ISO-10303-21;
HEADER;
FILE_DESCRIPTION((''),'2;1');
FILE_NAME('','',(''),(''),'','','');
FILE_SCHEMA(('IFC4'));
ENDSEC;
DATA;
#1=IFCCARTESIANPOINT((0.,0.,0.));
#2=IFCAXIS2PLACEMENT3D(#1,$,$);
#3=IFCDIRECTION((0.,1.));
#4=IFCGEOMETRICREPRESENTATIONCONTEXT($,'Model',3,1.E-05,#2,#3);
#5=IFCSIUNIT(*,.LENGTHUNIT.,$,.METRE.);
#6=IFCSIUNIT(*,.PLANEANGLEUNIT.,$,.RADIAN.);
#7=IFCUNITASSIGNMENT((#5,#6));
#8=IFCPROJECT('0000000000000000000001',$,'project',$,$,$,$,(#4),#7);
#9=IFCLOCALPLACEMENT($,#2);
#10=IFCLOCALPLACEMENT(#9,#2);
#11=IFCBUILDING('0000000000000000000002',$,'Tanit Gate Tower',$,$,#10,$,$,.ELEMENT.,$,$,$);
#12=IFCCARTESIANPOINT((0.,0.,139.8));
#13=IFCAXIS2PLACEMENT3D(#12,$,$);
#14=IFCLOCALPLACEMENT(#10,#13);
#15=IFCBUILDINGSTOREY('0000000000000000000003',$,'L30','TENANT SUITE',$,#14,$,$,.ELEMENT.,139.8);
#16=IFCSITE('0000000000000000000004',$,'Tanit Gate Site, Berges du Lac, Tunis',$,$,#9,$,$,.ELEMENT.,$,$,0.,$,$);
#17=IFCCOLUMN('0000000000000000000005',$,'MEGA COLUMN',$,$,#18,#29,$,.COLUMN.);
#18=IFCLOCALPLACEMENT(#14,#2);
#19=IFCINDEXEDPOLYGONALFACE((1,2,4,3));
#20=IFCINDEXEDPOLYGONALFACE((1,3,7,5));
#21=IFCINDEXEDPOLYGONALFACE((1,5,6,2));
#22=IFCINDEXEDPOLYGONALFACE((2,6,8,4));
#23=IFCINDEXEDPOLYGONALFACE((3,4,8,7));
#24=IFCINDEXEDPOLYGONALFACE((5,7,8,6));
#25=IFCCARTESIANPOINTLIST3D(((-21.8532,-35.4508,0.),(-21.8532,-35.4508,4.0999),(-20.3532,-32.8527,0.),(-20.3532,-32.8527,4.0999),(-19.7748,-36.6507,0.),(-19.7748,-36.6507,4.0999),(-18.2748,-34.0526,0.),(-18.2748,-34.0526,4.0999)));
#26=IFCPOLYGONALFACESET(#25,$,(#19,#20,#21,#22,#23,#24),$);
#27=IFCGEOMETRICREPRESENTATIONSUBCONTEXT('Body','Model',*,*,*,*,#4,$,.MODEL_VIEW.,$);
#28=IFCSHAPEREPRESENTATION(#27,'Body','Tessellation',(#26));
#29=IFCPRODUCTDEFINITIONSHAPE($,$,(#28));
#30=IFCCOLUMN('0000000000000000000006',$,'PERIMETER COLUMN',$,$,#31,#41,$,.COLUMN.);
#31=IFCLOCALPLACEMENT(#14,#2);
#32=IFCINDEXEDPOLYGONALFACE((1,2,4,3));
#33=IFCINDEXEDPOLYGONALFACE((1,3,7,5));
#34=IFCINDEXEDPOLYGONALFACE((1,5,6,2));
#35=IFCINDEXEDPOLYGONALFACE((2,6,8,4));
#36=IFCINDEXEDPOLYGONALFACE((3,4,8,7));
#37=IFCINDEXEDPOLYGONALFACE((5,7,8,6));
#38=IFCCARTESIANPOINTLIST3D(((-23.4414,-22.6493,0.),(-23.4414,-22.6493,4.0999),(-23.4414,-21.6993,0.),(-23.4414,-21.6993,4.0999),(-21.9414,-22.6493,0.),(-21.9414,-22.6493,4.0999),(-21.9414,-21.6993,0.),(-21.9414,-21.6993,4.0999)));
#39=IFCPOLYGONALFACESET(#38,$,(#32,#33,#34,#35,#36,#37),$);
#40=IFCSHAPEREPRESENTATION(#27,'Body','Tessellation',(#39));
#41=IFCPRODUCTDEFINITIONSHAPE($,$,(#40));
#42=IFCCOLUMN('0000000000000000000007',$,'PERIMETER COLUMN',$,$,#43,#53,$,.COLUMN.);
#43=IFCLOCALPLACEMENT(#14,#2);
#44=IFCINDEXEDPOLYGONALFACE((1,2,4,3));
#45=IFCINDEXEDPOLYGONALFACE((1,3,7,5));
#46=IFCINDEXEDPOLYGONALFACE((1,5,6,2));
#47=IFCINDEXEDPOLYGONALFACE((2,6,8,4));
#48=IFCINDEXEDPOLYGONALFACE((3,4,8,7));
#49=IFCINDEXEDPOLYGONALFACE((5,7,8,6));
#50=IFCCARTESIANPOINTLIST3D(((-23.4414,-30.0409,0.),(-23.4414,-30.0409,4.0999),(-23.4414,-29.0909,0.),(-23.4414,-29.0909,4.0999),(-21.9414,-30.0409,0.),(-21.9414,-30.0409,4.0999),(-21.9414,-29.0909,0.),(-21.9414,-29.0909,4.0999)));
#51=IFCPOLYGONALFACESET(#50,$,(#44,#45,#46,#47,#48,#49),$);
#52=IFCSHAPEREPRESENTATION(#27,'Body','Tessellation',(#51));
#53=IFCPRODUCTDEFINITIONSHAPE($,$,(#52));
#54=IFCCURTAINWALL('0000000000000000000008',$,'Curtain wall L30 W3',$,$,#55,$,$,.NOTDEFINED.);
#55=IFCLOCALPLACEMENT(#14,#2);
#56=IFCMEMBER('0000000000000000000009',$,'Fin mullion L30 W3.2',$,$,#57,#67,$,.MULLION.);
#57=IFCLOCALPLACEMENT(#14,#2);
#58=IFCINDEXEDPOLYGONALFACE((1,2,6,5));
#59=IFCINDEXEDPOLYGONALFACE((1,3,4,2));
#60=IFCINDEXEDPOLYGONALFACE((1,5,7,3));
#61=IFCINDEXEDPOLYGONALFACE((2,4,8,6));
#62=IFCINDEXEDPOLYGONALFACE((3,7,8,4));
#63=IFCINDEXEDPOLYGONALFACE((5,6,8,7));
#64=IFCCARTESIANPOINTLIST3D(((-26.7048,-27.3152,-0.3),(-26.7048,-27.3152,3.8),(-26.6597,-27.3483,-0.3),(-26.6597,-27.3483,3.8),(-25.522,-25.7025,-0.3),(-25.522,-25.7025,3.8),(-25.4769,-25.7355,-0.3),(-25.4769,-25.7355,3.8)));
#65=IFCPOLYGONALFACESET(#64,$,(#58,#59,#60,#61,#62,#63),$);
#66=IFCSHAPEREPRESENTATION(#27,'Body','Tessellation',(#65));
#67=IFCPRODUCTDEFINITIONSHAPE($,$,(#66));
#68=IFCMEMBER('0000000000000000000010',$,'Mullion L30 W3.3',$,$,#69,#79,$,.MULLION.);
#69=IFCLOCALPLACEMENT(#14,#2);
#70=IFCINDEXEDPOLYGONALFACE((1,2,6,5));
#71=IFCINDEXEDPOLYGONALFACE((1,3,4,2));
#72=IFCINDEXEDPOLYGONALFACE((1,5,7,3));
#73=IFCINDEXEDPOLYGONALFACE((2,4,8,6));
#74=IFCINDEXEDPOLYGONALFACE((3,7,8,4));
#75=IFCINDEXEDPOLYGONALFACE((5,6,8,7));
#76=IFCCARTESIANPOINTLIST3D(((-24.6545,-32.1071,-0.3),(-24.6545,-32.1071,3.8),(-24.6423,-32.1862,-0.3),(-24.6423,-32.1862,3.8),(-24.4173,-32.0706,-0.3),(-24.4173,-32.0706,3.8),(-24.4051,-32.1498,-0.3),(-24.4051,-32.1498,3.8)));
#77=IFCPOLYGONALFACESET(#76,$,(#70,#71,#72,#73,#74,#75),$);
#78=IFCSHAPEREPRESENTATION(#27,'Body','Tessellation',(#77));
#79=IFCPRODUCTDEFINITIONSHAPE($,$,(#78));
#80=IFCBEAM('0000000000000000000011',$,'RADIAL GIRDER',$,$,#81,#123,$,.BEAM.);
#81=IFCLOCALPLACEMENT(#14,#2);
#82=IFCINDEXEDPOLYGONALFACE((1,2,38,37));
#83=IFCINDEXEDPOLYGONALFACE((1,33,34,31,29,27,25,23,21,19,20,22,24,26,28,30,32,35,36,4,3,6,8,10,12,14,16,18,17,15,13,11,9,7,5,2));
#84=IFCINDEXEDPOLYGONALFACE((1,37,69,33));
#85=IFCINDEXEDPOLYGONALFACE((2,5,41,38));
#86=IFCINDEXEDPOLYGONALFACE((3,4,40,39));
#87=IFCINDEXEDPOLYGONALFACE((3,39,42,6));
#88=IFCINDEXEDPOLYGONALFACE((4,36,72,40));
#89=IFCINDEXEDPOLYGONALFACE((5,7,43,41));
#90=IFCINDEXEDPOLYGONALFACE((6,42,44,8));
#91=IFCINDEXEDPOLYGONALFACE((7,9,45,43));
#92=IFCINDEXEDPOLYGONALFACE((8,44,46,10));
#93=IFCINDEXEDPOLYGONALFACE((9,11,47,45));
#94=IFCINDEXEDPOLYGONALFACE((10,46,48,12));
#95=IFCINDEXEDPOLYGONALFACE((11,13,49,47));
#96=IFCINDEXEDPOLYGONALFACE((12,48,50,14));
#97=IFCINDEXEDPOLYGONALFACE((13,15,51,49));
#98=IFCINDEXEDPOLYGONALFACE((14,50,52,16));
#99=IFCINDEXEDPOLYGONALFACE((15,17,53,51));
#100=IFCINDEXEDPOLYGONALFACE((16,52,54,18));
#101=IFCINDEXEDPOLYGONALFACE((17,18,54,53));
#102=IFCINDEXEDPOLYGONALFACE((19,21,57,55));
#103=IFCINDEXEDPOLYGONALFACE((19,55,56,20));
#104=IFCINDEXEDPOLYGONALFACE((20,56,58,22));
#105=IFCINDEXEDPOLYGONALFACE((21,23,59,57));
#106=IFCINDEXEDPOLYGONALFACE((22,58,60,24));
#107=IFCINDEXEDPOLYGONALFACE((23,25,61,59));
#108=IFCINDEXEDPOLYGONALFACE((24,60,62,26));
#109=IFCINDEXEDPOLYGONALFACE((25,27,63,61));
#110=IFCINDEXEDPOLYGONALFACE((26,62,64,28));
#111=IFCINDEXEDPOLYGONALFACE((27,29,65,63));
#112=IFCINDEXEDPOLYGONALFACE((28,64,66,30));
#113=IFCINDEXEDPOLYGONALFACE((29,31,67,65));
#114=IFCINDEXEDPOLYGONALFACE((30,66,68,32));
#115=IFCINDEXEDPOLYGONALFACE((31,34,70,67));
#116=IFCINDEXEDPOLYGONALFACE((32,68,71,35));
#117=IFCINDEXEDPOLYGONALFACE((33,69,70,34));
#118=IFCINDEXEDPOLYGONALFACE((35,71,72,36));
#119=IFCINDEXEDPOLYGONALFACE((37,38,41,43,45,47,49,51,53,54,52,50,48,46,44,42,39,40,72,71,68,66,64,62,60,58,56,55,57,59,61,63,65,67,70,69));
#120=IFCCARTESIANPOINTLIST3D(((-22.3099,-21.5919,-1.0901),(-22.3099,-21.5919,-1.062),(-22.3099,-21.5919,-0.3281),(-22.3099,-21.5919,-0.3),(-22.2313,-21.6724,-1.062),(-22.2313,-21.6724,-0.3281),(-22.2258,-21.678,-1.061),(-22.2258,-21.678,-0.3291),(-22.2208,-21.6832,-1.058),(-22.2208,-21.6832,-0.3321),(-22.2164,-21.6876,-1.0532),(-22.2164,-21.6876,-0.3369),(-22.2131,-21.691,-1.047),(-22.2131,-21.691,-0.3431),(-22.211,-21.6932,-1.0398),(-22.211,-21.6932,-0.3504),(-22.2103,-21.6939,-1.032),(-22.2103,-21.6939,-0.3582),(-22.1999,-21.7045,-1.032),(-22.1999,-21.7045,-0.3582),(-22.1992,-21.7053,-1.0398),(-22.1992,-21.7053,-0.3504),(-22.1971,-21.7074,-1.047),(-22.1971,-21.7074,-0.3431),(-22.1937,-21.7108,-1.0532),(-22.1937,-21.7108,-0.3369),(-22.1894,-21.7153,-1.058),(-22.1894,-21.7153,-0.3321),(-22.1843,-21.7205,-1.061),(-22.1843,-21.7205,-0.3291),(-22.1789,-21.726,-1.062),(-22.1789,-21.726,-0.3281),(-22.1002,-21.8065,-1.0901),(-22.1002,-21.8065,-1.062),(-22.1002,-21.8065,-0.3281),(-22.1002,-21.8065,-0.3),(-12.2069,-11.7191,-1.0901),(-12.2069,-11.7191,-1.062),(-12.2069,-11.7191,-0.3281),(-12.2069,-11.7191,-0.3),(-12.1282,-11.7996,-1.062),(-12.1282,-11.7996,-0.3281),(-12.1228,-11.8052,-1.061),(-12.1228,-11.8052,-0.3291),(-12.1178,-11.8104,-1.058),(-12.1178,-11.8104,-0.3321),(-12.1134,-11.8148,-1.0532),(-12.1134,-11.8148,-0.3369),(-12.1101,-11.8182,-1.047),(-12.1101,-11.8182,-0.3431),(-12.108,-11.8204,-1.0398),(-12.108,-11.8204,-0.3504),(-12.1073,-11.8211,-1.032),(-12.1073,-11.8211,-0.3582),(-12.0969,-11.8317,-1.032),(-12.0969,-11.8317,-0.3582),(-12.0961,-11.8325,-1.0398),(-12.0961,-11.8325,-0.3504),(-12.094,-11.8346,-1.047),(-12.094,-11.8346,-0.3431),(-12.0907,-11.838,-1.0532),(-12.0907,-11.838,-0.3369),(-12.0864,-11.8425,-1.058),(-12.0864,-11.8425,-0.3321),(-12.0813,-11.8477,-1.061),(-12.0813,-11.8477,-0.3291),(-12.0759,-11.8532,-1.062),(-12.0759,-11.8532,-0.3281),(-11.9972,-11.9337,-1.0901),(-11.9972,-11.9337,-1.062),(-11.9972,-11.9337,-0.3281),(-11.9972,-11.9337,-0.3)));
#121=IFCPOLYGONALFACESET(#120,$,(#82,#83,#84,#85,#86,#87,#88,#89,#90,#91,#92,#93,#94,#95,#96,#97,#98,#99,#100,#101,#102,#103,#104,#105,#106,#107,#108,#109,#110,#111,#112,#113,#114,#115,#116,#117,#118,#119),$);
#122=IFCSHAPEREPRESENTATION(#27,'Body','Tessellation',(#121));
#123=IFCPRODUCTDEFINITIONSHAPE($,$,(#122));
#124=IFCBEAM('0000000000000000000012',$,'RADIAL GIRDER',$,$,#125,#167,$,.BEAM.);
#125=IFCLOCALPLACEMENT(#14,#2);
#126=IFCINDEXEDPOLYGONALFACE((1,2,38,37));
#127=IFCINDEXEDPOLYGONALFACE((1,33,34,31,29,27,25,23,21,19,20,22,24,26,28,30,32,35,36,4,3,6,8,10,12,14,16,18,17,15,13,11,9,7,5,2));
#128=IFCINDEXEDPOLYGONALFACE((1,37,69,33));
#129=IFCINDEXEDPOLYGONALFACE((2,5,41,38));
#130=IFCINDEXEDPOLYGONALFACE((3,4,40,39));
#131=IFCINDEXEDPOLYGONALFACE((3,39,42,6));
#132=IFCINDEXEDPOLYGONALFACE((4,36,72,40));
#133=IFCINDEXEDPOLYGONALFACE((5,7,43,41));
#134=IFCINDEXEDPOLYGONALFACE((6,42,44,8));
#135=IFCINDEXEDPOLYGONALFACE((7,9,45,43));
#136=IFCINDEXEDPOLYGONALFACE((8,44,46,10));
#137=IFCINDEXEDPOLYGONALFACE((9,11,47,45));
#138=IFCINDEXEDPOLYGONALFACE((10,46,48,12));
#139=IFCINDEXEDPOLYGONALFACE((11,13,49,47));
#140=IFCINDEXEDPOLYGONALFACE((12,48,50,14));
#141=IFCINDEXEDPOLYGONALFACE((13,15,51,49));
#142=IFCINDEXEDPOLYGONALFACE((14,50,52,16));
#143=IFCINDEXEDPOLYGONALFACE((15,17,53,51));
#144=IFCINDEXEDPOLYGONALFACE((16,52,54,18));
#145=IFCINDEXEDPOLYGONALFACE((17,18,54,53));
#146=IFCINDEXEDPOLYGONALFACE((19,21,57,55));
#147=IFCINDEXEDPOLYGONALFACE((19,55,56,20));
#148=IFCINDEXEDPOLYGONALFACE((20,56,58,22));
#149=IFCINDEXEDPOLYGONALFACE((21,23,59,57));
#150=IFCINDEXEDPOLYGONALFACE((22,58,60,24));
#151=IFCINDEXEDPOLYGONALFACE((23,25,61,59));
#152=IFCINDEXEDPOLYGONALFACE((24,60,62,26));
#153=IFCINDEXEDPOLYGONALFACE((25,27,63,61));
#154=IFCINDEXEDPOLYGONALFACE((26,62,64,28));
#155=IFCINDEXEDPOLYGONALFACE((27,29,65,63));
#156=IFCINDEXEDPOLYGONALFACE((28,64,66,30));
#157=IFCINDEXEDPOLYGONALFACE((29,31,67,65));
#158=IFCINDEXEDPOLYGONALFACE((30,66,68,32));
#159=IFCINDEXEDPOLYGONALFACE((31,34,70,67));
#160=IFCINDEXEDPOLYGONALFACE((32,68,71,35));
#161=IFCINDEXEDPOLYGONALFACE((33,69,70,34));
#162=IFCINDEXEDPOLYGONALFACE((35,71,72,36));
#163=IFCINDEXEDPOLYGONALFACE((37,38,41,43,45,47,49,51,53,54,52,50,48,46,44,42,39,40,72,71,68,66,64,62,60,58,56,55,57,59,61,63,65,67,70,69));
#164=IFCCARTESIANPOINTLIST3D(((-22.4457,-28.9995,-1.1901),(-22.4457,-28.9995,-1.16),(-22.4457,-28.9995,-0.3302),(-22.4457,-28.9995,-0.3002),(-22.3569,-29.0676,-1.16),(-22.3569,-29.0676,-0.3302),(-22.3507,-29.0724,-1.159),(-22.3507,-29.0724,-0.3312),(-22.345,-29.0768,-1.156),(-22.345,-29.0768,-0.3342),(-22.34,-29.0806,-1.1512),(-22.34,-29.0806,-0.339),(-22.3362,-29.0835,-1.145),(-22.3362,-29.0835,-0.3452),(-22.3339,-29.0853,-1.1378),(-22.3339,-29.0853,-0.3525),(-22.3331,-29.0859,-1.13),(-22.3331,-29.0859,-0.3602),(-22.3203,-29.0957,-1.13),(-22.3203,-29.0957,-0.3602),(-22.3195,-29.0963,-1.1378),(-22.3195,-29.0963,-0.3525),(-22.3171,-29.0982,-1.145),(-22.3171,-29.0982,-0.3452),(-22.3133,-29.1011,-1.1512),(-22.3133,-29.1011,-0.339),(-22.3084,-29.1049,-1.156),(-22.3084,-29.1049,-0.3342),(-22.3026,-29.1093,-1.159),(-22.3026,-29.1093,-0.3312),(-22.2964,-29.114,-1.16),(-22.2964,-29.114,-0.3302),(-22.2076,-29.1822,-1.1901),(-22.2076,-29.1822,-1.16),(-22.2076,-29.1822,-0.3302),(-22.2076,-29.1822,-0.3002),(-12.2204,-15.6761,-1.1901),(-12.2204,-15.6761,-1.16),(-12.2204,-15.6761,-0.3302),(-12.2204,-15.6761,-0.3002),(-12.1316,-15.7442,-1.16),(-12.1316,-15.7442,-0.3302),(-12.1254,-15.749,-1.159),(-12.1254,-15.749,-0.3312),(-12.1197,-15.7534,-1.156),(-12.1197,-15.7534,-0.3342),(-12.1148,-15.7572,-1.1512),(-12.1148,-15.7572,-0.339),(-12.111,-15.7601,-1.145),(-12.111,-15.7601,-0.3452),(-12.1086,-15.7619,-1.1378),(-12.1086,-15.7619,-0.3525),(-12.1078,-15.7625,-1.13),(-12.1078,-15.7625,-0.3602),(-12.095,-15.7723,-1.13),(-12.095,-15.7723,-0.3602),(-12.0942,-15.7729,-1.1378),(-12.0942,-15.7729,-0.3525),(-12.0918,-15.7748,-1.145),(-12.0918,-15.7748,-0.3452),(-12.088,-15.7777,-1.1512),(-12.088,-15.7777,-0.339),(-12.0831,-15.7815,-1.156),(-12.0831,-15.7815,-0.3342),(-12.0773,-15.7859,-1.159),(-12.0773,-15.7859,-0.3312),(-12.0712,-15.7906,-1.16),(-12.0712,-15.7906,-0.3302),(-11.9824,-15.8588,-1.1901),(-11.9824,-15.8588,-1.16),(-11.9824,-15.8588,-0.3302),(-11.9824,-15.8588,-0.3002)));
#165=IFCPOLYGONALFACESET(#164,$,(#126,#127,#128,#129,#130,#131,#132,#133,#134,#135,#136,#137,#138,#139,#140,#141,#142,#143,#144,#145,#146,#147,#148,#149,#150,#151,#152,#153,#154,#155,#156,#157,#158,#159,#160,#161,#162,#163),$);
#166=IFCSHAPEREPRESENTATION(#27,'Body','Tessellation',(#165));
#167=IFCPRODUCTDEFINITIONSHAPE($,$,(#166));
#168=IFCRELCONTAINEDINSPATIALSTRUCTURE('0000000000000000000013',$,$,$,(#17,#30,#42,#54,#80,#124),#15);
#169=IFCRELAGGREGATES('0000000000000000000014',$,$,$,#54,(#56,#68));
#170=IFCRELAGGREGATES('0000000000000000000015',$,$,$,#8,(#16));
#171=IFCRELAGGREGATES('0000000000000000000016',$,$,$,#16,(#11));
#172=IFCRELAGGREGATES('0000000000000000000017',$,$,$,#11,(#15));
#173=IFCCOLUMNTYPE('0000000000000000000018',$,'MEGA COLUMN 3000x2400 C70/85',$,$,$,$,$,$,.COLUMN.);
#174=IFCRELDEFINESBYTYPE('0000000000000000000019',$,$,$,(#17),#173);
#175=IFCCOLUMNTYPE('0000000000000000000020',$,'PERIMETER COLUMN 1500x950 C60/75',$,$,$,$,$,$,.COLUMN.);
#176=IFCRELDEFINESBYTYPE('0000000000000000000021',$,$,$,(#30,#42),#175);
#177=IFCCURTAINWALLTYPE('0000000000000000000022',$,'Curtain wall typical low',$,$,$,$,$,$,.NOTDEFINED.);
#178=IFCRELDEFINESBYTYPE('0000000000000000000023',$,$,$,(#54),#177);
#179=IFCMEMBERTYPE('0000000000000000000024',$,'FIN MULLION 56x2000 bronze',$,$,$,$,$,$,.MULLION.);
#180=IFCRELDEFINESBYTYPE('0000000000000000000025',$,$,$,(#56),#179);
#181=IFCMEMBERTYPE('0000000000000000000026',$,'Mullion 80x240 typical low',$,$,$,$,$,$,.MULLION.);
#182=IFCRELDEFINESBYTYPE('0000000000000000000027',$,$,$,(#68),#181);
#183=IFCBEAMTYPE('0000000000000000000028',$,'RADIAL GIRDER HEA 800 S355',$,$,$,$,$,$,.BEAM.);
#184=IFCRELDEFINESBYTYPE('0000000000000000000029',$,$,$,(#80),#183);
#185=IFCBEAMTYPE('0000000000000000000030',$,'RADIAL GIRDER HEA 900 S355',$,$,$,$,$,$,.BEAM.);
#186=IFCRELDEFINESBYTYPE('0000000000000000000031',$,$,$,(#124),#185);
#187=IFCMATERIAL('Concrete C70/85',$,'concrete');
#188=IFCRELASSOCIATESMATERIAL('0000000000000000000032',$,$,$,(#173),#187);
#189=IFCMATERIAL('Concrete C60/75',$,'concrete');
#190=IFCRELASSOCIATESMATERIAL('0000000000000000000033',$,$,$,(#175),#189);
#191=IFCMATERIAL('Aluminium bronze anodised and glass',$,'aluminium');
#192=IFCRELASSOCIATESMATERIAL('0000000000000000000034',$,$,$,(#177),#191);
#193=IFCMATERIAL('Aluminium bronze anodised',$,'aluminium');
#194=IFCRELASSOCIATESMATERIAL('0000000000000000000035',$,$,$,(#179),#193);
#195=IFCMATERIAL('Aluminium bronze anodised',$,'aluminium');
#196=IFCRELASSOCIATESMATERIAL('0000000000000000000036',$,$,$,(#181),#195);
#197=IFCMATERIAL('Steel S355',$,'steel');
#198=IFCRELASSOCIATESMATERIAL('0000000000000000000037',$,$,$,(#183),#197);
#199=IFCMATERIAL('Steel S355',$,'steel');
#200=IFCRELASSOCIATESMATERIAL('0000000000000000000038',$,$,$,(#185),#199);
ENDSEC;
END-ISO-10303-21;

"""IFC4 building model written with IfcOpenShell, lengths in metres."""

from ifc_helpers import new_model, si_unit, direction, frame, origin, origin_2d, place, context, subcontext, project, spatial, rectangle, i_section, extrude, material, material_profile, profile_set, type_object, element, aggregate, save


model = new_model("IFC4")

# Units and contexts
model_context = context("Model", 3, precision=1e-05, world=origin(), true_north=direction((0.0, 1.0)))
body_context = subcontext(model_context, "Body", "Model", "MODEL_VIEW")
ifc_project = project(units=[si_unit("LENGTHUNIT", "METRE"), si_unit("PLANEANGLEUNIT", "RADIAN")], contexts=[model_context])

# Site, building, storey
site_placement = place(None, origin())
site = spatial("IfcSite", under=ifc_project, at=site_placement, Name="Tanit Gate Site, Berges du Lac, Tunis", CompositionType="ELEMENT", RefElevation=0.0)
building_placement = place(site_placement, origin())
building = spatial("IfcBuilding", under=site, at=building_placement, Name="Tanit Gate Tower", CompositionType="ELEMENT")
storey_placement = place(building_placement, frame((0.0, 0.0, 139.8)))
storey = spatial("IfcBuildingStorey", under=building, at=storey_placement, Name="L30", Description="TENANT SUITE", CompositionType="ELEMENT", Elevation=139.8)

# Columns
ifc_material_1 = material(Name="Concrete C70/85", Category="concrete")
ifc_material_profile_1 = material_profile(ifc_material_1, rectangle(XDim=3.0, YDim=2.3999, at=origin_2d()), Name="RC 3000x2400")
ifc_profile_set_1 = profile_set([ifc_material_profile_1], Name="Concrete C70/85")
column_type_1 = type_object("IfcColumnType", Name="MEGA COLUMN 3000x2400 C70/85", PredefinedType="COLUMN", material=ifc_profile_set_1)
column_placement = place(storey_placement, frame((-20.064, -34.7517, 0.0), z_axis=(0.0, 0.0, 1.0), x_axis=(-0.5, -0.866025, 0.0)))
element("IfcColumn", 1, at=column_placement, inside=storey, type_object=column_type_1, Name="MEGA COLUMN", PredefinedType="COLUMN", context=body_context, shape_type="SweptSolid", body=[
    extrude(rectangle(XDim=3.0, YDim=2.3999, at=origin_2d()), origin(), (0.0, 0.0, 1.0), 4.0999),
])
ifc_material_2 = material(Name="Concrete C60/75", Category="concrete")
ifc_material_profile_2 = material_profile(ifc_material_2, rectangle(XDim=1.5, YDim=0.95, at=origin_2d()), Name="RC 1500x950")
ifc_profile_set_2 = profile_set([ifc_material_profile_2], Name="Concrete C60/75")
column_type_2 = type_object("IfcColumnType", Name="PERIMETER COLUMN 1500x950 C60/75", PredefinedType="COLUMN", material=ifc_profile_set_2)
for number, where, z_axis, x_axis, name in (
    (2, (-22.6914, -22.1743, 0.0), (0.0, 0.0, 1.0), (-1.0, 0.0, 0.0), "PERIMETER COLUMN"),
    (3, (-22.6914, -29.5659, 0.0), (0.0, 0.0, 1.0), (-1.0, 0.0, 0.0), "PERIMETER COLUMN"),
):
    element("IfcColumn", number, at=place(storey_placement, frame(where, z_axis=z_axis, x_axis=x_axis)), inside=storey, type_object=column_type_2, Name=name, PredefinedType="COLUMN", context=body_context, shape_type="SweptSolid", body=[
        extrude(rectangle(XDim=1.5, YDim=0.95, at=origin_2d()), origin(), (0.0, 0.0, 1.0), 4.0999),
    ])

# Curtain wall, members
ifc_material_3 = material(Name="Aluminium bronze anodised and glass", Category="aluminium")
curtain_wall_type = type_object("IfcCurtainWallType", Name="Curtain wall typical low", PredefinedType="NOTDEFINED", material=ifc_material_3)
curtain_wall_placement = place(storey_placement, origin())
curtain_wall = element("IfcCurtainWall", 4, at=curtain_wall_placement, inside=storey, type_object=curtain_wall_type, Name="Curtain wall L30 W3", PredefinedType="NOTDEFINED")
ifc_material_4 = material(Name="Aluminium bronze anodised", Category="aluminium")
ifc_material_profile_3 = material_profile(ifc_material_4, rectangle(XDim=2.0, YDim=0.0559, at=origin_2d()), Name="56x2000 bronze fin mullion")
ifc_profile_set_3 = profile_set([ifc_material_profile_3], Name="Aluminium bronze anodised")
member_type_1 = type_object("IfcMemberType", Name="FIN MULLION 56x2000 bronze", PredefinedType="MULLION", material=ifc_profile_set_3)
member_1_placement = place(storey_placement, frame((-26.0908, -26.5254, -0.3), z_axis=(0.0, 0.0, 1.0), x_axis=(0.591404, 0.806375, 0.0)))
member_1 = element("IfcMember", 5, at=member_1_placement, type_object=member_type_1, Name="Fin mullion L30 W3.2", PredefinedType="MULLION", context=body_context, shape_type="SweptSolid", body=[
    extrude(rectangle(XDim=2.0, YDim=0.0559, at=origin_2d()), origin(), (0.0, 0.0, 1.0), 4.1001),
])
ifc_material_5 = material(Name="Aluminium bronze anodised", Category="aluminium")
ifc_material_profile_4 = material_profile(ifc_material_5, rectangle(XDim=0.24, YDim=0.0801, at=origin_2d()), Name="80x240 bronze mullion")
ifc_profile_set_4 = profile_set([ifc_material_profile_4], Name="Aluminium bronze anodised")
member_type_2 = type_object("IfcMemberType", Name="Mullion 80x240 typical low", PredefinedType="MULLION", material=ifc_profile_set_4)
member_2_placement = place(storey_placement, frame((-24.5298, -32.1284, -0.3), z_axis=(0.0, 0.0, 1.0), x_axis=(0.988379, 0.152008, 0.0)))
member_2 = element("IfcMember", 6, at=member_2_placement, type_object=member_type_2, Name="Mullion L30 W3.3", PredefinedType="MULLION", context=body_context, shape_type="SweptSolid", body=[
    extrude(rectangle(XDim=0.24, YDim=0.0801, at=origin_2d()), origin(), (0.0, 0.0, 1.0), 4.1001),
])

# Beams
ifc_material_6 = material(Name="Steel S355", Category="steel")
ifc_material_profile_5 = material_profile(ifc_material_6, i_section(OverallWidth=0.3, OverallDepth=0.79, WebThickness=0.0149, FlangeThickness=0.0281, FilletRadius=0.03, at=origin_2d()), Name="HEA 800")
ifc_profile_set_5 = profile_set([ifc_material_profile_5], Name="Steel S355")
beam_type_1 = type_object("IfcBeamType", Name="RADIAL GIRDER HEA 800 S355", PredefinedType="BEAM", material=ifc_profile_set_5)
beam_1_placement = place(storey_placement, frame((-22.2051, -21.6992, -0.6951), z_axis=(0.715209, 0.698911, 0.0), x_axis=(-0.698911, 0.715209, 0.0)))
element("IfcBeam", 7, at=beam_1_placement, inside=storey, type_object=beam_type_1, Name="RADIAL GIRDER", PredefinedType="BEAM", context=body_context, shape_type="SweptSolid", body=[
    extrude(i_section(OverallWidth=0.3, OverallDepth=0.79, WebThickness=0.0149, FlangeThickness=0.0281, FilletRadius=0.03, at=origin_2d()), origin(), (0.0, 0.0, 1.0), 14.126),
])
ifc_material_7 = material(Name="Steel S355", Category="steel")
ifc_material_profile_6 = material_profile(ifc_material_7, i_section(OverallWidth=0.3, OverallDepth=0.8899, WebThickness=0.0161, FlangeThickness=0.03, FilletRadius=0.03, at=origin_2d()), Name="HEA 900")
ifc_profile_set_6 = profile_set([ifc_material_profile_6], Name="Steel S355")
beam_type_2 = type_object("IfcBeamType", Name="RADIAL GIRDER HEA 900 S355", PredefinedType="BEAM", material=ifc_profile_set_6)
beam_2_placement = place(storey_placement, frame((-22.3267, -29.0908, -0.7451), z_axis=(0.608832, 0.7933, 0.0), x_axis=(-0.7933, 0.608832, 0.0)))
element("IfcBeam", 8, at=beam_2_placement, inside=storey, type_object=beam_type_2, Name="RADIAL GIRDER", PredefinedType="BEAM", context=body_context, shape_type="SweptSolid", body=[
    extrude(i_section(OverallWidth=0.3, OverallDepth=0.8899, WebThickness=0.0161, FlangeThickness=0.03, FilletRadius=0.03, at=origin_2d()), origin(), (0.0, 0.0, 1.0), 16.7949),
])

aggregate(curtain_wall, [member_1, member_2])

save(model, "model.ifc")
